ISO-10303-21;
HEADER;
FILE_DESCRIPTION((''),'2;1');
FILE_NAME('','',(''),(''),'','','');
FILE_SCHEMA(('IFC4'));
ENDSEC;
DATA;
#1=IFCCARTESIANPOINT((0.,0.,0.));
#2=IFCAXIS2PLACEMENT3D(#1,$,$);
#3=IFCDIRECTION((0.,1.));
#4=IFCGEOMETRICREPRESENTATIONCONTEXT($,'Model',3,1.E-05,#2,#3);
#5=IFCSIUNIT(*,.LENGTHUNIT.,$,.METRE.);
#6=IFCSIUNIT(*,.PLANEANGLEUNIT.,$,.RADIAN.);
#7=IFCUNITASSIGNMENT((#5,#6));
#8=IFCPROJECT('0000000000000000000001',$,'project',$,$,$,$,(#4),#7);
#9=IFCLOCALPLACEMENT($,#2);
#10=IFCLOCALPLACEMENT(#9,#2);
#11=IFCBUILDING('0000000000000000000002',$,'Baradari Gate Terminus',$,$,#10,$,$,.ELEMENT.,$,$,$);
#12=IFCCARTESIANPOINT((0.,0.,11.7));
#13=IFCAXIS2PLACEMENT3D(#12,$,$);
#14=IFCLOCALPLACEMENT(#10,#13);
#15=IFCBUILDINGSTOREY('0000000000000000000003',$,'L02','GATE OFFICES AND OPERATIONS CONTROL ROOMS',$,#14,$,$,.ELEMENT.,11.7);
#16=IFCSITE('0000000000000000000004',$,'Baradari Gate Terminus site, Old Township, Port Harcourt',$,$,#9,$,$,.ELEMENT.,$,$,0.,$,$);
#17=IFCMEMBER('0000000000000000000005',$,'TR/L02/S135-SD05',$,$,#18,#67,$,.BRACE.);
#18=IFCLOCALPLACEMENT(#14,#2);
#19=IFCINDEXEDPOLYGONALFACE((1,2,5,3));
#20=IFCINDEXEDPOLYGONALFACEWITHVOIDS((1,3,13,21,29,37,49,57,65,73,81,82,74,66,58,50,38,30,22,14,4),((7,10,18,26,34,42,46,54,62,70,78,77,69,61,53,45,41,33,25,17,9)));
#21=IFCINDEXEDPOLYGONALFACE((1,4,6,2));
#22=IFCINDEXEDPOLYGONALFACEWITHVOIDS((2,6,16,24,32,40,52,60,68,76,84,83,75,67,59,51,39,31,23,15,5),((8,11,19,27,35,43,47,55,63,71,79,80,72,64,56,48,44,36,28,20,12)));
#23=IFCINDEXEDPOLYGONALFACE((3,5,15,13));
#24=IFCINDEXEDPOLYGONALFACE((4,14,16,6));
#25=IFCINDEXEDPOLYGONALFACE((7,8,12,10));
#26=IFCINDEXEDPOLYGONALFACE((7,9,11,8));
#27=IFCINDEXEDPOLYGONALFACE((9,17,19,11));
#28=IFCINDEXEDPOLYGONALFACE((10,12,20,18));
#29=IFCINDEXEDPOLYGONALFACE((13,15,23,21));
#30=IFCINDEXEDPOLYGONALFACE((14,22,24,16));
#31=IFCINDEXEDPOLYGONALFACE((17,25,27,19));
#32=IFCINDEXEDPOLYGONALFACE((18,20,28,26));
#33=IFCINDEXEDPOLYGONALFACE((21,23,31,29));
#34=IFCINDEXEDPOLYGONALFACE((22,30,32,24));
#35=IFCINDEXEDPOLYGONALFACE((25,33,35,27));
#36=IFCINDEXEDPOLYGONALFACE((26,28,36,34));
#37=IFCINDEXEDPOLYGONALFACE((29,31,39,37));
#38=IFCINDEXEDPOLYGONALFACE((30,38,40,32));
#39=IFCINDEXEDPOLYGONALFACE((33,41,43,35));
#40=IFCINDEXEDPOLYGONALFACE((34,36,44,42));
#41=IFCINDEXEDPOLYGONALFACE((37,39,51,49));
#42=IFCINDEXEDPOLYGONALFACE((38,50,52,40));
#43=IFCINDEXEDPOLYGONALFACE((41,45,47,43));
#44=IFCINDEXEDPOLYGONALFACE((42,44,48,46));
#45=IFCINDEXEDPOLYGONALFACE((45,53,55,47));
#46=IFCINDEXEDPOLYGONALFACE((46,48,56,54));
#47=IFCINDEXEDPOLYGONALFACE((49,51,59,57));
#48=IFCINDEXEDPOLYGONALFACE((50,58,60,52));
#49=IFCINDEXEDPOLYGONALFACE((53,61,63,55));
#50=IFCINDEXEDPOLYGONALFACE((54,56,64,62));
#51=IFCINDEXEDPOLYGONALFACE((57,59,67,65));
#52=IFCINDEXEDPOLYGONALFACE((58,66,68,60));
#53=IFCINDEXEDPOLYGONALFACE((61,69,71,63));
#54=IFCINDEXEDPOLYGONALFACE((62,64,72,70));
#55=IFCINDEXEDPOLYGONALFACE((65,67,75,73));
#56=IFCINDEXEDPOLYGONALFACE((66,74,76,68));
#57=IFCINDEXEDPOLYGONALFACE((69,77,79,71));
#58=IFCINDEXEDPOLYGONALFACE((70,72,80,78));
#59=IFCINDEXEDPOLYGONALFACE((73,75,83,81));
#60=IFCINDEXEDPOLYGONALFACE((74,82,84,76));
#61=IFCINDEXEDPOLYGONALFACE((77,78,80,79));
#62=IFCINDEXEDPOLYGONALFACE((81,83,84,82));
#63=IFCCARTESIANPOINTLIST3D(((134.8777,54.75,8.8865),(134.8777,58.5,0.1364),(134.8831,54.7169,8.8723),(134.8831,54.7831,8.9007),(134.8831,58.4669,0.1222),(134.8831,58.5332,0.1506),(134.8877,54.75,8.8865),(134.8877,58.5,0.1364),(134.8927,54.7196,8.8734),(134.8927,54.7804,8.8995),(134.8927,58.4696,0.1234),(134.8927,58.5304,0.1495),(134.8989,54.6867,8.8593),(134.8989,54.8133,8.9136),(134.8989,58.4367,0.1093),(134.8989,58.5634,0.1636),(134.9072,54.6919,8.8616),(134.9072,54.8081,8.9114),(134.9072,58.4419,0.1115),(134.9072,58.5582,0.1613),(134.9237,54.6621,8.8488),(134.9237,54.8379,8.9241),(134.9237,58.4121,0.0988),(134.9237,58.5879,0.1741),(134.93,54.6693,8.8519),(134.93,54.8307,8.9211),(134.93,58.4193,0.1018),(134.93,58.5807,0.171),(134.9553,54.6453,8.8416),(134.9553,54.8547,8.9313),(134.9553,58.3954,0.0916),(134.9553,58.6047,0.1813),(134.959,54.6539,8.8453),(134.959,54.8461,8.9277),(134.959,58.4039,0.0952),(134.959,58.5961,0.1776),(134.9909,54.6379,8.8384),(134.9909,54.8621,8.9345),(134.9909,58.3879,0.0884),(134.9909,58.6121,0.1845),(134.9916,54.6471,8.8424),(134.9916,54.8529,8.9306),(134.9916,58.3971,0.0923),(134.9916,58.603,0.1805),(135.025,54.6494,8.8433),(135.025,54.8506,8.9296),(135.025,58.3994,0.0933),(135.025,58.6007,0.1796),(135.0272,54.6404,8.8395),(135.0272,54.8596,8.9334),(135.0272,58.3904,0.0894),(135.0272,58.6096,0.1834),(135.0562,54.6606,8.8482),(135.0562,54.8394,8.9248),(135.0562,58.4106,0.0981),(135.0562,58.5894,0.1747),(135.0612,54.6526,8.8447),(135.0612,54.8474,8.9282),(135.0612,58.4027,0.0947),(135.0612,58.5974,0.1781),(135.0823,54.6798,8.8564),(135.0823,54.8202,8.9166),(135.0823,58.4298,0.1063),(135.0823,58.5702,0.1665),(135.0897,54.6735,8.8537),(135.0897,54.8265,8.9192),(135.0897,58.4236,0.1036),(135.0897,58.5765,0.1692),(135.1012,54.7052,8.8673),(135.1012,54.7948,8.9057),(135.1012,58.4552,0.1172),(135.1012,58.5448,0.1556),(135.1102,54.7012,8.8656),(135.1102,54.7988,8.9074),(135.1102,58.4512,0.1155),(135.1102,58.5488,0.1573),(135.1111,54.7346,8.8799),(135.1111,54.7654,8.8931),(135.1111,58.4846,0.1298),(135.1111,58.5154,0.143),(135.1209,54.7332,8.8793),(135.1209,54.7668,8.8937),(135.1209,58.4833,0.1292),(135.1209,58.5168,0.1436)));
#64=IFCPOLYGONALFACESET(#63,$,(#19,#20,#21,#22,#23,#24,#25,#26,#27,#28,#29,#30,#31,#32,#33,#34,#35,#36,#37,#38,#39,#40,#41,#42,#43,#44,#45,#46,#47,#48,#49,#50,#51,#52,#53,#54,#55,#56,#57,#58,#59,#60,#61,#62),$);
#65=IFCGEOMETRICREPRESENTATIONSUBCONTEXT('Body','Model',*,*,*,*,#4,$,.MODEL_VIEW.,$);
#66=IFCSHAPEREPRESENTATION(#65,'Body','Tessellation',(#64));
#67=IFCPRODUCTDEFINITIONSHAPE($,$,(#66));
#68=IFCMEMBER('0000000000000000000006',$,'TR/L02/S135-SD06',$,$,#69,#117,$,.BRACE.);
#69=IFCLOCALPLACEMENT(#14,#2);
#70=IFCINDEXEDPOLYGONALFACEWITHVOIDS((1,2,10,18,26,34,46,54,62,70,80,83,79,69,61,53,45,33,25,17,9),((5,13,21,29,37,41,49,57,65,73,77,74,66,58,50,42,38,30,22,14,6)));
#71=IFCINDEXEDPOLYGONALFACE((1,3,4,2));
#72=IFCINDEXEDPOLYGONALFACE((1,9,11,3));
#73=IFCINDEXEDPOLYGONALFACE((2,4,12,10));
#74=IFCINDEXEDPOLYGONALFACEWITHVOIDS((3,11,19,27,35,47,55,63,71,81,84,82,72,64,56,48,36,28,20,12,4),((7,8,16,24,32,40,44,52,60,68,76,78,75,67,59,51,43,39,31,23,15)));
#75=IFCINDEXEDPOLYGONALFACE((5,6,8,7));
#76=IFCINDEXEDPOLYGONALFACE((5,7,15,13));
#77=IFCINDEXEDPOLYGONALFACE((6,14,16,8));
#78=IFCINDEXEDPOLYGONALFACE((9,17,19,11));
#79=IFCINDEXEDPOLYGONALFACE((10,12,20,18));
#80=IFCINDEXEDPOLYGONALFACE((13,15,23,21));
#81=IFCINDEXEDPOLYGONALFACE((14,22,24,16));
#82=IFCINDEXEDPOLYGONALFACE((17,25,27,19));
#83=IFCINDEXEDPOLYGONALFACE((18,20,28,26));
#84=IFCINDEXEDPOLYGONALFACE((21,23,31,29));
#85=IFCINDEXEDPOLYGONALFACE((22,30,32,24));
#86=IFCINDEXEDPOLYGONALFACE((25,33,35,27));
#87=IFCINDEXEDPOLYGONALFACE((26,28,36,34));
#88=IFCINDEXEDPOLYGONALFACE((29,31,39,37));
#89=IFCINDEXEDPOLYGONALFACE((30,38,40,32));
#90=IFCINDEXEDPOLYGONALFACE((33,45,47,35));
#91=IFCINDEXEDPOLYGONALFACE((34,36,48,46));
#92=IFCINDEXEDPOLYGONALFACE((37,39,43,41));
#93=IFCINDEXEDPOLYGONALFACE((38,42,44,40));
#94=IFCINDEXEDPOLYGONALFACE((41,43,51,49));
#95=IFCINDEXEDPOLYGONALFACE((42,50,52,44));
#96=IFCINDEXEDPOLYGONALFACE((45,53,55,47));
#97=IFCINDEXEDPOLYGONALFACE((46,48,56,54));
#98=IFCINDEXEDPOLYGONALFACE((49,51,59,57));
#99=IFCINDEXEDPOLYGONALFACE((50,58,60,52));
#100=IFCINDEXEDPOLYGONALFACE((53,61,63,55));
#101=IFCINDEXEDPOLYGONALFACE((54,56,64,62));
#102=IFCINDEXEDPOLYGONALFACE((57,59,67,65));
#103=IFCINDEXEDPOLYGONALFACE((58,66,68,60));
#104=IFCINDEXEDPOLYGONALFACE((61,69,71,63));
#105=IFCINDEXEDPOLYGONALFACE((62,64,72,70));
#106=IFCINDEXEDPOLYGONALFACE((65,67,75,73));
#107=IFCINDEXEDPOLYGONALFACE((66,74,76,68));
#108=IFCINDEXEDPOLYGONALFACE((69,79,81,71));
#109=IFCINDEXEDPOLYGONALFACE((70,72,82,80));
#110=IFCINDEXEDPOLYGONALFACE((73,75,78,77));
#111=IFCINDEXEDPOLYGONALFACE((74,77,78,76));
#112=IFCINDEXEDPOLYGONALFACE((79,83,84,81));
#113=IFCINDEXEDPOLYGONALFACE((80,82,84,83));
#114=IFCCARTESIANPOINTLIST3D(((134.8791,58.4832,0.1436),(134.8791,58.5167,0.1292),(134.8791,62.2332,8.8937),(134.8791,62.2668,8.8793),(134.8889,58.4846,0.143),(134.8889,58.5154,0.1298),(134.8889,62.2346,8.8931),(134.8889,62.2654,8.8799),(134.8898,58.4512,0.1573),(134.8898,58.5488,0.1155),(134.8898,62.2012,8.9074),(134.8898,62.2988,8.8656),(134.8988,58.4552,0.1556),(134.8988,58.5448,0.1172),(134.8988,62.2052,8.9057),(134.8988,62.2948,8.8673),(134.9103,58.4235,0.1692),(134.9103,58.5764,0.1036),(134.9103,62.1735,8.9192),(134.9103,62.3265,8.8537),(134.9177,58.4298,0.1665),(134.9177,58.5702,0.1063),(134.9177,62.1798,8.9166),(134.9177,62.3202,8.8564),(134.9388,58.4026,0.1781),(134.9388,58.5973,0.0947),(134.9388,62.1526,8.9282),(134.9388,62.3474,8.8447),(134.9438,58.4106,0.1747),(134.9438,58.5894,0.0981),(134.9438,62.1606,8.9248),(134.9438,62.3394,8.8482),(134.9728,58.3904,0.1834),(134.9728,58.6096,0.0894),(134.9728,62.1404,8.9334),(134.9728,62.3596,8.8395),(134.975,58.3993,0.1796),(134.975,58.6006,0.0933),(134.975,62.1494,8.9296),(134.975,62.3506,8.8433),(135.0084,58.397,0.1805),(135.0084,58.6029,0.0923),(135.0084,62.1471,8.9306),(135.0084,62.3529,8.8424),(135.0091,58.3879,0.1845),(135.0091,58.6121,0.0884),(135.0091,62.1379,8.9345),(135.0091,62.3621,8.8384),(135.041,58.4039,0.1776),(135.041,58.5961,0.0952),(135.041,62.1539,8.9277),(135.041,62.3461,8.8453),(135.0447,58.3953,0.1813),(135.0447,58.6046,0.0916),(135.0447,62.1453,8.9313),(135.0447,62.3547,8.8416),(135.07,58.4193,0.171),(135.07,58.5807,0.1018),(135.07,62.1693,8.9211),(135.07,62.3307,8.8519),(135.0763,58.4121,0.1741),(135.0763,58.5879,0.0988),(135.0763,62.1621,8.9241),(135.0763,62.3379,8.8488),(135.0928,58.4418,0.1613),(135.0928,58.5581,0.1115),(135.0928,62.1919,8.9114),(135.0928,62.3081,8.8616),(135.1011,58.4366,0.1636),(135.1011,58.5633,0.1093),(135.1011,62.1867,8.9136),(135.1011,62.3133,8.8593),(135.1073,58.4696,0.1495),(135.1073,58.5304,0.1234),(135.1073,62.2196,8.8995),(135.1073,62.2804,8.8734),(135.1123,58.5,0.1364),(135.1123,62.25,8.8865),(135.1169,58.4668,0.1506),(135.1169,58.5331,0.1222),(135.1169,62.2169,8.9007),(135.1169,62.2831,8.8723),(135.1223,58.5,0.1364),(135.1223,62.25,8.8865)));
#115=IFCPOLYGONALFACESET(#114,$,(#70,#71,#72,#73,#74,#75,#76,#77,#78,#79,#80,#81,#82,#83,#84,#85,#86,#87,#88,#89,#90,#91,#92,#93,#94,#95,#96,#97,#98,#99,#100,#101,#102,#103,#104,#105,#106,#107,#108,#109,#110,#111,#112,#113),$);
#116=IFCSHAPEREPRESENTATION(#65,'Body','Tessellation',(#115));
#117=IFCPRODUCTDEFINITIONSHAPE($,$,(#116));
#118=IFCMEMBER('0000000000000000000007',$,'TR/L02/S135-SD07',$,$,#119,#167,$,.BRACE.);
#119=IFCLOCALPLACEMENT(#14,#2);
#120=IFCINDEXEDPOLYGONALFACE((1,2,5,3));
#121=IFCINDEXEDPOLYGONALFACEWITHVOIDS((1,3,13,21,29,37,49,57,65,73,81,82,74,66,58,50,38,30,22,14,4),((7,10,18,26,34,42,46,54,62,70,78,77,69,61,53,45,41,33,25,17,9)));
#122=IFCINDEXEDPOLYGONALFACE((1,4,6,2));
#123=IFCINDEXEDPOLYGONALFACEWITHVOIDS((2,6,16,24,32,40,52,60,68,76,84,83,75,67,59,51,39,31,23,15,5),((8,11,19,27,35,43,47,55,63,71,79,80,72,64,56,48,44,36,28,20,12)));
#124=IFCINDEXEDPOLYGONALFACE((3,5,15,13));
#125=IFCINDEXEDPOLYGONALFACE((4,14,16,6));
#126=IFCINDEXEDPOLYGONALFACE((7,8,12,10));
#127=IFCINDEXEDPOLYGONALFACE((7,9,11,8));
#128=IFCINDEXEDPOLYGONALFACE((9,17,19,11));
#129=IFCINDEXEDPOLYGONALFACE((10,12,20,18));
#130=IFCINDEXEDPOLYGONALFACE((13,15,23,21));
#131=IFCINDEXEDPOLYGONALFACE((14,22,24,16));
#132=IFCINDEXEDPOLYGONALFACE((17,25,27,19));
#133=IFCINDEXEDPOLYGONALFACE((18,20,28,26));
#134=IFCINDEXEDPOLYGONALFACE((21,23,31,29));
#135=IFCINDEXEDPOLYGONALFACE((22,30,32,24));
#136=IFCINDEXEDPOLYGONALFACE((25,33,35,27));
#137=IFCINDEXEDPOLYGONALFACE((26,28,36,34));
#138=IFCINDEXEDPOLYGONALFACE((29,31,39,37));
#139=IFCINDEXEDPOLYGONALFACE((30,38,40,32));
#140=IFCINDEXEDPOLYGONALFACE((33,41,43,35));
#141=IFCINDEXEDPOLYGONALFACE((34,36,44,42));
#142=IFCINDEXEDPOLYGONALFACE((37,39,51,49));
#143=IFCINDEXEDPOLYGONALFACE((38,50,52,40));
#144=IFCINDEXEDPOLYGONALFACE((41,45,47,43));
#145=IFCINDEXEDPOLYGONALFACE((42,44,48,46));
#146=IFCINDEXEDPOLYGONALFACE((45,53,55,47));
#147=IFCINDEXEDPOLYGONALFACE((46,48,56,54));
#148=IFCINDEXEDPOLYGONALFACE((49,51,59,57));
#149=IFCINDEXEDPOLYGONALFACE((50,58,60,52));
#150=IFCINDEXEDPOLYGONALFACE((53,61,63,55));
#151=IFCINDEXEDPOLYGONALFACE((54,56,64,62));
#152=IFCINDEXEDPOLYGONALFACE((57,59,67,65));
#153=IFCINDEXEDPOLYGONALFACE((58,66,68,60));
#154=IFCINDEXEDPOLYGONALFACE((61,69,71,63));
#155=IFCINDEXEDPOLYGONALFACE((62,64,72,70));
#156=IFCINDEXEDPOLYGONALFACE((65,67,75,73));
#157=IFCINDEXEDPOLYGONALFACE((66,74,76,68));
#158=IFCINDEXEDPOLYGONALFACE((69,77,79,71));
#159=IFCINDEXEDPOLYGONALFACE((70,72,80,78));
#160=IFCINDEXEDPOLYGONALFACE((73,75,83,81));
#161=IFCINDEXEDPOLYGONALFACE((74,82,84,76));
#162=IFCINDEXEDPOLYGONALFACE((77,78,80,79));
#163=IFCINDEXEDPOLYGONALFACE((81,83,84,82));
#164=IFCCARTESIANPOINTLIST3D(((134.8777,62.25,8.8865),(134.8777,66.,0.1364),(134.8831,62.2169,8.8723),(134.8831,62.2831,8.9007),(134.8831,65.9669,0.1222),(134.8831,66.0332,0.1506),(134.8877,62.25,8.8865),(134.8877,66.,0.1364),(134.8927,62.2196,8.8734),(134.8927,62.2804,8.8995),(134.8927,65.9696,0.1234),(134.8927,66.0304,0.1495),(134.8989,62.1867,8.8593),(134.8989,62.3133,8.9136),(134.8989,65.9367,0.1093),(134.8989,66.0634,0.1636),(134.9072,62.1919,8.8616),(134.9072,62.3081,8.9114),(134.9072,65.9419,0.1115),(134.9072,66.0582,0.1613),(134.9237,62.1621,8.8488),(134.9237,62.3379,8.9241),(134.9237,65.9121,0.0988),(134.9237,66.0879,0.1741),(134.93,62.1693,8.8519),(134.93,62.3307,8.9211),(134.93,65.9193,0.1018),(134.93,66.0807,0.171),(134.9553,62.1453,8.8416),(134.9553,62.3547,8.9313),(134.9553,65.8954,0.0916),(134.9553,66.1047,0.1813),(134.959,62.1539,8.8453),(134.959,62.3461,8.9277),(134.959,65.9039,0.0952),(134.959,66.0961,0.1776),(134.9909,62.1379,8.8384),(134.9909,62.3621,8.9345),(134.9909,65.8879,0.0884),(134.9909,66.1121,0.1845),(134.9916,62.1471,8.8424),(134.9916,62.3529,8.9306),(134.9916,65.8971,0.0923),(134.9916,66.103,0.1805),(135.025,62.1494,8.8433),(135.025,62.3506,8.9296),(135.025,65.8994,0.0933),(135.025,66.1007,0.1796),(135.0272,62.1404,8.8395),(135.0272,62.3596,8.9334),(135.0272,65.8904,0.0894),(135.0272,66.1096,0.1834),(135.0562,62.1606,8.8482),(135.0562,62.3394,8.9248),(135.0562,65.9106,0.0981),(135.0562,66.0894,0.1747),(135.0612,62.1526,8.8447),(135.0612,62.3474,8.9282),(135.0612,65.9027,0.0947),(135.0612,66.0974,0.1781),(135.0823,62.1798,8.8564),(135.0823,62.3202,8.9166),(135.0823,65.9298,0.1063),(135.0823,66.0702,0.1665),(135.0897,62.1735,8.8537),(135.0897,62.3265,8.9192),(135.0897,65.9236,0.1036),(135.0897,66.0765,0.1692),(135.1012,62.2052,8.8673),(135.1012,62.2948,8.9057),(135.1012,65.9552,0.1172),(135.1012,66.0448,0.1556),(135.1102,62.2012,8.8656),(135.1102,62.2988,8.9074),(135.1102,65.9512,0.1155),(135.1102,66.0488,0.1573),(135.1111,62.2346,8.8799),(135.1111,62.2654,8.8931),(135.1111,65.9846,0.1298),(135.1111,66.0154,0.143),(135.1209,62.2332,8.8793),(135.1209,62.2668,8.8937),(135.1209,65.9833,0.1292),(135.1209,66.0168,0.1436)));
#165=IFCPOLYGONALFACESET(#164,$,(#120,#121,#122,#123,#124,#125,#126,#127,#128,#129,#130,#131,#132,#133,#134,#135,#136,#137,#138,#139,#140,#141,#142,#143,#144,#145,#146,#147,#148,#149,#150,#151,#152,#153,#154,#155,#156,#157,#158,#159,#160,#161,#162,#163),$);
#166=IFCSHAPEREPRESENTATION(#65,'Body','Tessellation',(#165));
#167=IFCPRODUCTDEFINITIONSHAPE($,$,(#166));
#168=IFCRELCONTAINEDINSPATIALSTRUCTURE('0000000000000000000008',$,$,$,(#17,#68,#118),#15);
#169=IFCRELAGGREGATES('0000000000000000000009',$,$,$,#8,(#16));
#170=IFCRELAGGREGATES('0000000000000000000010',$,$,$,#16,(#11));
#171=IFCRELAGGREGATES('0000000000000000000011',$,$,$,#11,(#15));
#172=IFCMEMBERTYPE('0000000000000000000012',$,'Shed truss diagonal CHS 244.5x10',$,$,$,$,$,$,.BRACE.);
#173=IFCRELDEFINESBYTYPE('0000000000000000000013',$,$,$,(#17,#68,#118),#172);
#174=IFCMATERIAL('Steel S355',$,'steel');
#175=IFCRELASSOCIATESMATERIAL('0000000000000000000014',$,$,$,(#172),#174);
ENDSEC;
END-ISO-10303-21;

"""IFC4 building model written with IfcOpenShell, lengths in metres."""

from ifc_helpers import new_model, si_unit, direction, frame, origin, origin_2d, place, context, subcontext, project, spatial, hollow_circle, extrude, material, material_profile, profile_set, type_object, element, save


model = new_model("IFC4")

# Units and contexts
model_context = context("Model", 3, precision=1e-05, world=origin(), true_north=direction((0.0, 1.0)))
body_context = subcontext(model_context, "Body", "Model", "MODEL_VIEW")
ifc_project = project(units=[si_unit("LENGTHUNIT", "METRE"), si_unit("PLANEANGLEUNIT", "RADIAN")], contexts=[model_context])

# Site, building, storey
site_placement = place(None, origin())
site = spatial("IfcSite", under=ifc_project, at=site_placement, Name="Baradari Gate Terminus site, Old Township, Port Harcourt", CompositionType="ELEMENT", RefElevation=0.0)
building_placement = place(site_placement, origin())
building = spatial("IfcBuilding", under=site, at=building_placement, Name="Baradari Gate Terminus", CompositionType="ELEMENT")
storey_placement = place(building_placement, frame((0.0, 0.0, 11.7)))
storey = spatial("IfcBuildingStorey", under=building, at=storey_placement, Name="L02", Description="GATE OFFICES AND OPERATIONS CONTROL ROOMS", CompositionType="ELEMENT", Elevation=11.7)

# Members
ifc_material_1 = material(Name="Steel S355", Category="steel")
ifc_material_profile_1 = material_profile(ifc_material_1, hollow_circle(Radius=0.1223, WallThickness=0.01, at=origin_2d()), Name="CHS 244.5x10")
ifc_profile_set_1 = profile_set([ifc_material_profile_1], Name="Steel S355")
member_type_1 = type_object("IfcMemberType", Name="Shed truss diagonal CHS 244.5x10", PredefinedType="BRACE", material=ifc_profile_set_1)
for number, where, z_axis, x_axis, name in (
    (1, (135.0, 54.75, 8.8865), (0.0, 0.393919, -0.919145), (-1.0, 0.0, 0.0), "TR/L02/S135-SD05"),
    (2, (135.0, 62.25, 8.8865), (0.0, -0.393919, -0.919145), (1.0, 0.0, 0.0), "TR/L02/S135-SD06"),
    (3, (135.0, 62.25, 8.8865), (0.0, 0.393919, -0.919145), (-1.0, 0.0, 0.0), "TR/L02/S135-SD07"),
):
    element("IfcMember", number, at=place(storey_placement, frame(where, z_axis=z_axis, x_axis=x_axis)), inside=storey, type_object=member_type_1, Name=name, PredefinedType="BRACE", context=body_context, shape_type="SweptSolid", body=[
        extrude(hollow_circle(Radius=0.1223, WallThickness=0.01, at=origin_2d()), origin(), (0.0, 0.0, 1.0), 9.5198),
    ])

save(model, "model.ifc")
